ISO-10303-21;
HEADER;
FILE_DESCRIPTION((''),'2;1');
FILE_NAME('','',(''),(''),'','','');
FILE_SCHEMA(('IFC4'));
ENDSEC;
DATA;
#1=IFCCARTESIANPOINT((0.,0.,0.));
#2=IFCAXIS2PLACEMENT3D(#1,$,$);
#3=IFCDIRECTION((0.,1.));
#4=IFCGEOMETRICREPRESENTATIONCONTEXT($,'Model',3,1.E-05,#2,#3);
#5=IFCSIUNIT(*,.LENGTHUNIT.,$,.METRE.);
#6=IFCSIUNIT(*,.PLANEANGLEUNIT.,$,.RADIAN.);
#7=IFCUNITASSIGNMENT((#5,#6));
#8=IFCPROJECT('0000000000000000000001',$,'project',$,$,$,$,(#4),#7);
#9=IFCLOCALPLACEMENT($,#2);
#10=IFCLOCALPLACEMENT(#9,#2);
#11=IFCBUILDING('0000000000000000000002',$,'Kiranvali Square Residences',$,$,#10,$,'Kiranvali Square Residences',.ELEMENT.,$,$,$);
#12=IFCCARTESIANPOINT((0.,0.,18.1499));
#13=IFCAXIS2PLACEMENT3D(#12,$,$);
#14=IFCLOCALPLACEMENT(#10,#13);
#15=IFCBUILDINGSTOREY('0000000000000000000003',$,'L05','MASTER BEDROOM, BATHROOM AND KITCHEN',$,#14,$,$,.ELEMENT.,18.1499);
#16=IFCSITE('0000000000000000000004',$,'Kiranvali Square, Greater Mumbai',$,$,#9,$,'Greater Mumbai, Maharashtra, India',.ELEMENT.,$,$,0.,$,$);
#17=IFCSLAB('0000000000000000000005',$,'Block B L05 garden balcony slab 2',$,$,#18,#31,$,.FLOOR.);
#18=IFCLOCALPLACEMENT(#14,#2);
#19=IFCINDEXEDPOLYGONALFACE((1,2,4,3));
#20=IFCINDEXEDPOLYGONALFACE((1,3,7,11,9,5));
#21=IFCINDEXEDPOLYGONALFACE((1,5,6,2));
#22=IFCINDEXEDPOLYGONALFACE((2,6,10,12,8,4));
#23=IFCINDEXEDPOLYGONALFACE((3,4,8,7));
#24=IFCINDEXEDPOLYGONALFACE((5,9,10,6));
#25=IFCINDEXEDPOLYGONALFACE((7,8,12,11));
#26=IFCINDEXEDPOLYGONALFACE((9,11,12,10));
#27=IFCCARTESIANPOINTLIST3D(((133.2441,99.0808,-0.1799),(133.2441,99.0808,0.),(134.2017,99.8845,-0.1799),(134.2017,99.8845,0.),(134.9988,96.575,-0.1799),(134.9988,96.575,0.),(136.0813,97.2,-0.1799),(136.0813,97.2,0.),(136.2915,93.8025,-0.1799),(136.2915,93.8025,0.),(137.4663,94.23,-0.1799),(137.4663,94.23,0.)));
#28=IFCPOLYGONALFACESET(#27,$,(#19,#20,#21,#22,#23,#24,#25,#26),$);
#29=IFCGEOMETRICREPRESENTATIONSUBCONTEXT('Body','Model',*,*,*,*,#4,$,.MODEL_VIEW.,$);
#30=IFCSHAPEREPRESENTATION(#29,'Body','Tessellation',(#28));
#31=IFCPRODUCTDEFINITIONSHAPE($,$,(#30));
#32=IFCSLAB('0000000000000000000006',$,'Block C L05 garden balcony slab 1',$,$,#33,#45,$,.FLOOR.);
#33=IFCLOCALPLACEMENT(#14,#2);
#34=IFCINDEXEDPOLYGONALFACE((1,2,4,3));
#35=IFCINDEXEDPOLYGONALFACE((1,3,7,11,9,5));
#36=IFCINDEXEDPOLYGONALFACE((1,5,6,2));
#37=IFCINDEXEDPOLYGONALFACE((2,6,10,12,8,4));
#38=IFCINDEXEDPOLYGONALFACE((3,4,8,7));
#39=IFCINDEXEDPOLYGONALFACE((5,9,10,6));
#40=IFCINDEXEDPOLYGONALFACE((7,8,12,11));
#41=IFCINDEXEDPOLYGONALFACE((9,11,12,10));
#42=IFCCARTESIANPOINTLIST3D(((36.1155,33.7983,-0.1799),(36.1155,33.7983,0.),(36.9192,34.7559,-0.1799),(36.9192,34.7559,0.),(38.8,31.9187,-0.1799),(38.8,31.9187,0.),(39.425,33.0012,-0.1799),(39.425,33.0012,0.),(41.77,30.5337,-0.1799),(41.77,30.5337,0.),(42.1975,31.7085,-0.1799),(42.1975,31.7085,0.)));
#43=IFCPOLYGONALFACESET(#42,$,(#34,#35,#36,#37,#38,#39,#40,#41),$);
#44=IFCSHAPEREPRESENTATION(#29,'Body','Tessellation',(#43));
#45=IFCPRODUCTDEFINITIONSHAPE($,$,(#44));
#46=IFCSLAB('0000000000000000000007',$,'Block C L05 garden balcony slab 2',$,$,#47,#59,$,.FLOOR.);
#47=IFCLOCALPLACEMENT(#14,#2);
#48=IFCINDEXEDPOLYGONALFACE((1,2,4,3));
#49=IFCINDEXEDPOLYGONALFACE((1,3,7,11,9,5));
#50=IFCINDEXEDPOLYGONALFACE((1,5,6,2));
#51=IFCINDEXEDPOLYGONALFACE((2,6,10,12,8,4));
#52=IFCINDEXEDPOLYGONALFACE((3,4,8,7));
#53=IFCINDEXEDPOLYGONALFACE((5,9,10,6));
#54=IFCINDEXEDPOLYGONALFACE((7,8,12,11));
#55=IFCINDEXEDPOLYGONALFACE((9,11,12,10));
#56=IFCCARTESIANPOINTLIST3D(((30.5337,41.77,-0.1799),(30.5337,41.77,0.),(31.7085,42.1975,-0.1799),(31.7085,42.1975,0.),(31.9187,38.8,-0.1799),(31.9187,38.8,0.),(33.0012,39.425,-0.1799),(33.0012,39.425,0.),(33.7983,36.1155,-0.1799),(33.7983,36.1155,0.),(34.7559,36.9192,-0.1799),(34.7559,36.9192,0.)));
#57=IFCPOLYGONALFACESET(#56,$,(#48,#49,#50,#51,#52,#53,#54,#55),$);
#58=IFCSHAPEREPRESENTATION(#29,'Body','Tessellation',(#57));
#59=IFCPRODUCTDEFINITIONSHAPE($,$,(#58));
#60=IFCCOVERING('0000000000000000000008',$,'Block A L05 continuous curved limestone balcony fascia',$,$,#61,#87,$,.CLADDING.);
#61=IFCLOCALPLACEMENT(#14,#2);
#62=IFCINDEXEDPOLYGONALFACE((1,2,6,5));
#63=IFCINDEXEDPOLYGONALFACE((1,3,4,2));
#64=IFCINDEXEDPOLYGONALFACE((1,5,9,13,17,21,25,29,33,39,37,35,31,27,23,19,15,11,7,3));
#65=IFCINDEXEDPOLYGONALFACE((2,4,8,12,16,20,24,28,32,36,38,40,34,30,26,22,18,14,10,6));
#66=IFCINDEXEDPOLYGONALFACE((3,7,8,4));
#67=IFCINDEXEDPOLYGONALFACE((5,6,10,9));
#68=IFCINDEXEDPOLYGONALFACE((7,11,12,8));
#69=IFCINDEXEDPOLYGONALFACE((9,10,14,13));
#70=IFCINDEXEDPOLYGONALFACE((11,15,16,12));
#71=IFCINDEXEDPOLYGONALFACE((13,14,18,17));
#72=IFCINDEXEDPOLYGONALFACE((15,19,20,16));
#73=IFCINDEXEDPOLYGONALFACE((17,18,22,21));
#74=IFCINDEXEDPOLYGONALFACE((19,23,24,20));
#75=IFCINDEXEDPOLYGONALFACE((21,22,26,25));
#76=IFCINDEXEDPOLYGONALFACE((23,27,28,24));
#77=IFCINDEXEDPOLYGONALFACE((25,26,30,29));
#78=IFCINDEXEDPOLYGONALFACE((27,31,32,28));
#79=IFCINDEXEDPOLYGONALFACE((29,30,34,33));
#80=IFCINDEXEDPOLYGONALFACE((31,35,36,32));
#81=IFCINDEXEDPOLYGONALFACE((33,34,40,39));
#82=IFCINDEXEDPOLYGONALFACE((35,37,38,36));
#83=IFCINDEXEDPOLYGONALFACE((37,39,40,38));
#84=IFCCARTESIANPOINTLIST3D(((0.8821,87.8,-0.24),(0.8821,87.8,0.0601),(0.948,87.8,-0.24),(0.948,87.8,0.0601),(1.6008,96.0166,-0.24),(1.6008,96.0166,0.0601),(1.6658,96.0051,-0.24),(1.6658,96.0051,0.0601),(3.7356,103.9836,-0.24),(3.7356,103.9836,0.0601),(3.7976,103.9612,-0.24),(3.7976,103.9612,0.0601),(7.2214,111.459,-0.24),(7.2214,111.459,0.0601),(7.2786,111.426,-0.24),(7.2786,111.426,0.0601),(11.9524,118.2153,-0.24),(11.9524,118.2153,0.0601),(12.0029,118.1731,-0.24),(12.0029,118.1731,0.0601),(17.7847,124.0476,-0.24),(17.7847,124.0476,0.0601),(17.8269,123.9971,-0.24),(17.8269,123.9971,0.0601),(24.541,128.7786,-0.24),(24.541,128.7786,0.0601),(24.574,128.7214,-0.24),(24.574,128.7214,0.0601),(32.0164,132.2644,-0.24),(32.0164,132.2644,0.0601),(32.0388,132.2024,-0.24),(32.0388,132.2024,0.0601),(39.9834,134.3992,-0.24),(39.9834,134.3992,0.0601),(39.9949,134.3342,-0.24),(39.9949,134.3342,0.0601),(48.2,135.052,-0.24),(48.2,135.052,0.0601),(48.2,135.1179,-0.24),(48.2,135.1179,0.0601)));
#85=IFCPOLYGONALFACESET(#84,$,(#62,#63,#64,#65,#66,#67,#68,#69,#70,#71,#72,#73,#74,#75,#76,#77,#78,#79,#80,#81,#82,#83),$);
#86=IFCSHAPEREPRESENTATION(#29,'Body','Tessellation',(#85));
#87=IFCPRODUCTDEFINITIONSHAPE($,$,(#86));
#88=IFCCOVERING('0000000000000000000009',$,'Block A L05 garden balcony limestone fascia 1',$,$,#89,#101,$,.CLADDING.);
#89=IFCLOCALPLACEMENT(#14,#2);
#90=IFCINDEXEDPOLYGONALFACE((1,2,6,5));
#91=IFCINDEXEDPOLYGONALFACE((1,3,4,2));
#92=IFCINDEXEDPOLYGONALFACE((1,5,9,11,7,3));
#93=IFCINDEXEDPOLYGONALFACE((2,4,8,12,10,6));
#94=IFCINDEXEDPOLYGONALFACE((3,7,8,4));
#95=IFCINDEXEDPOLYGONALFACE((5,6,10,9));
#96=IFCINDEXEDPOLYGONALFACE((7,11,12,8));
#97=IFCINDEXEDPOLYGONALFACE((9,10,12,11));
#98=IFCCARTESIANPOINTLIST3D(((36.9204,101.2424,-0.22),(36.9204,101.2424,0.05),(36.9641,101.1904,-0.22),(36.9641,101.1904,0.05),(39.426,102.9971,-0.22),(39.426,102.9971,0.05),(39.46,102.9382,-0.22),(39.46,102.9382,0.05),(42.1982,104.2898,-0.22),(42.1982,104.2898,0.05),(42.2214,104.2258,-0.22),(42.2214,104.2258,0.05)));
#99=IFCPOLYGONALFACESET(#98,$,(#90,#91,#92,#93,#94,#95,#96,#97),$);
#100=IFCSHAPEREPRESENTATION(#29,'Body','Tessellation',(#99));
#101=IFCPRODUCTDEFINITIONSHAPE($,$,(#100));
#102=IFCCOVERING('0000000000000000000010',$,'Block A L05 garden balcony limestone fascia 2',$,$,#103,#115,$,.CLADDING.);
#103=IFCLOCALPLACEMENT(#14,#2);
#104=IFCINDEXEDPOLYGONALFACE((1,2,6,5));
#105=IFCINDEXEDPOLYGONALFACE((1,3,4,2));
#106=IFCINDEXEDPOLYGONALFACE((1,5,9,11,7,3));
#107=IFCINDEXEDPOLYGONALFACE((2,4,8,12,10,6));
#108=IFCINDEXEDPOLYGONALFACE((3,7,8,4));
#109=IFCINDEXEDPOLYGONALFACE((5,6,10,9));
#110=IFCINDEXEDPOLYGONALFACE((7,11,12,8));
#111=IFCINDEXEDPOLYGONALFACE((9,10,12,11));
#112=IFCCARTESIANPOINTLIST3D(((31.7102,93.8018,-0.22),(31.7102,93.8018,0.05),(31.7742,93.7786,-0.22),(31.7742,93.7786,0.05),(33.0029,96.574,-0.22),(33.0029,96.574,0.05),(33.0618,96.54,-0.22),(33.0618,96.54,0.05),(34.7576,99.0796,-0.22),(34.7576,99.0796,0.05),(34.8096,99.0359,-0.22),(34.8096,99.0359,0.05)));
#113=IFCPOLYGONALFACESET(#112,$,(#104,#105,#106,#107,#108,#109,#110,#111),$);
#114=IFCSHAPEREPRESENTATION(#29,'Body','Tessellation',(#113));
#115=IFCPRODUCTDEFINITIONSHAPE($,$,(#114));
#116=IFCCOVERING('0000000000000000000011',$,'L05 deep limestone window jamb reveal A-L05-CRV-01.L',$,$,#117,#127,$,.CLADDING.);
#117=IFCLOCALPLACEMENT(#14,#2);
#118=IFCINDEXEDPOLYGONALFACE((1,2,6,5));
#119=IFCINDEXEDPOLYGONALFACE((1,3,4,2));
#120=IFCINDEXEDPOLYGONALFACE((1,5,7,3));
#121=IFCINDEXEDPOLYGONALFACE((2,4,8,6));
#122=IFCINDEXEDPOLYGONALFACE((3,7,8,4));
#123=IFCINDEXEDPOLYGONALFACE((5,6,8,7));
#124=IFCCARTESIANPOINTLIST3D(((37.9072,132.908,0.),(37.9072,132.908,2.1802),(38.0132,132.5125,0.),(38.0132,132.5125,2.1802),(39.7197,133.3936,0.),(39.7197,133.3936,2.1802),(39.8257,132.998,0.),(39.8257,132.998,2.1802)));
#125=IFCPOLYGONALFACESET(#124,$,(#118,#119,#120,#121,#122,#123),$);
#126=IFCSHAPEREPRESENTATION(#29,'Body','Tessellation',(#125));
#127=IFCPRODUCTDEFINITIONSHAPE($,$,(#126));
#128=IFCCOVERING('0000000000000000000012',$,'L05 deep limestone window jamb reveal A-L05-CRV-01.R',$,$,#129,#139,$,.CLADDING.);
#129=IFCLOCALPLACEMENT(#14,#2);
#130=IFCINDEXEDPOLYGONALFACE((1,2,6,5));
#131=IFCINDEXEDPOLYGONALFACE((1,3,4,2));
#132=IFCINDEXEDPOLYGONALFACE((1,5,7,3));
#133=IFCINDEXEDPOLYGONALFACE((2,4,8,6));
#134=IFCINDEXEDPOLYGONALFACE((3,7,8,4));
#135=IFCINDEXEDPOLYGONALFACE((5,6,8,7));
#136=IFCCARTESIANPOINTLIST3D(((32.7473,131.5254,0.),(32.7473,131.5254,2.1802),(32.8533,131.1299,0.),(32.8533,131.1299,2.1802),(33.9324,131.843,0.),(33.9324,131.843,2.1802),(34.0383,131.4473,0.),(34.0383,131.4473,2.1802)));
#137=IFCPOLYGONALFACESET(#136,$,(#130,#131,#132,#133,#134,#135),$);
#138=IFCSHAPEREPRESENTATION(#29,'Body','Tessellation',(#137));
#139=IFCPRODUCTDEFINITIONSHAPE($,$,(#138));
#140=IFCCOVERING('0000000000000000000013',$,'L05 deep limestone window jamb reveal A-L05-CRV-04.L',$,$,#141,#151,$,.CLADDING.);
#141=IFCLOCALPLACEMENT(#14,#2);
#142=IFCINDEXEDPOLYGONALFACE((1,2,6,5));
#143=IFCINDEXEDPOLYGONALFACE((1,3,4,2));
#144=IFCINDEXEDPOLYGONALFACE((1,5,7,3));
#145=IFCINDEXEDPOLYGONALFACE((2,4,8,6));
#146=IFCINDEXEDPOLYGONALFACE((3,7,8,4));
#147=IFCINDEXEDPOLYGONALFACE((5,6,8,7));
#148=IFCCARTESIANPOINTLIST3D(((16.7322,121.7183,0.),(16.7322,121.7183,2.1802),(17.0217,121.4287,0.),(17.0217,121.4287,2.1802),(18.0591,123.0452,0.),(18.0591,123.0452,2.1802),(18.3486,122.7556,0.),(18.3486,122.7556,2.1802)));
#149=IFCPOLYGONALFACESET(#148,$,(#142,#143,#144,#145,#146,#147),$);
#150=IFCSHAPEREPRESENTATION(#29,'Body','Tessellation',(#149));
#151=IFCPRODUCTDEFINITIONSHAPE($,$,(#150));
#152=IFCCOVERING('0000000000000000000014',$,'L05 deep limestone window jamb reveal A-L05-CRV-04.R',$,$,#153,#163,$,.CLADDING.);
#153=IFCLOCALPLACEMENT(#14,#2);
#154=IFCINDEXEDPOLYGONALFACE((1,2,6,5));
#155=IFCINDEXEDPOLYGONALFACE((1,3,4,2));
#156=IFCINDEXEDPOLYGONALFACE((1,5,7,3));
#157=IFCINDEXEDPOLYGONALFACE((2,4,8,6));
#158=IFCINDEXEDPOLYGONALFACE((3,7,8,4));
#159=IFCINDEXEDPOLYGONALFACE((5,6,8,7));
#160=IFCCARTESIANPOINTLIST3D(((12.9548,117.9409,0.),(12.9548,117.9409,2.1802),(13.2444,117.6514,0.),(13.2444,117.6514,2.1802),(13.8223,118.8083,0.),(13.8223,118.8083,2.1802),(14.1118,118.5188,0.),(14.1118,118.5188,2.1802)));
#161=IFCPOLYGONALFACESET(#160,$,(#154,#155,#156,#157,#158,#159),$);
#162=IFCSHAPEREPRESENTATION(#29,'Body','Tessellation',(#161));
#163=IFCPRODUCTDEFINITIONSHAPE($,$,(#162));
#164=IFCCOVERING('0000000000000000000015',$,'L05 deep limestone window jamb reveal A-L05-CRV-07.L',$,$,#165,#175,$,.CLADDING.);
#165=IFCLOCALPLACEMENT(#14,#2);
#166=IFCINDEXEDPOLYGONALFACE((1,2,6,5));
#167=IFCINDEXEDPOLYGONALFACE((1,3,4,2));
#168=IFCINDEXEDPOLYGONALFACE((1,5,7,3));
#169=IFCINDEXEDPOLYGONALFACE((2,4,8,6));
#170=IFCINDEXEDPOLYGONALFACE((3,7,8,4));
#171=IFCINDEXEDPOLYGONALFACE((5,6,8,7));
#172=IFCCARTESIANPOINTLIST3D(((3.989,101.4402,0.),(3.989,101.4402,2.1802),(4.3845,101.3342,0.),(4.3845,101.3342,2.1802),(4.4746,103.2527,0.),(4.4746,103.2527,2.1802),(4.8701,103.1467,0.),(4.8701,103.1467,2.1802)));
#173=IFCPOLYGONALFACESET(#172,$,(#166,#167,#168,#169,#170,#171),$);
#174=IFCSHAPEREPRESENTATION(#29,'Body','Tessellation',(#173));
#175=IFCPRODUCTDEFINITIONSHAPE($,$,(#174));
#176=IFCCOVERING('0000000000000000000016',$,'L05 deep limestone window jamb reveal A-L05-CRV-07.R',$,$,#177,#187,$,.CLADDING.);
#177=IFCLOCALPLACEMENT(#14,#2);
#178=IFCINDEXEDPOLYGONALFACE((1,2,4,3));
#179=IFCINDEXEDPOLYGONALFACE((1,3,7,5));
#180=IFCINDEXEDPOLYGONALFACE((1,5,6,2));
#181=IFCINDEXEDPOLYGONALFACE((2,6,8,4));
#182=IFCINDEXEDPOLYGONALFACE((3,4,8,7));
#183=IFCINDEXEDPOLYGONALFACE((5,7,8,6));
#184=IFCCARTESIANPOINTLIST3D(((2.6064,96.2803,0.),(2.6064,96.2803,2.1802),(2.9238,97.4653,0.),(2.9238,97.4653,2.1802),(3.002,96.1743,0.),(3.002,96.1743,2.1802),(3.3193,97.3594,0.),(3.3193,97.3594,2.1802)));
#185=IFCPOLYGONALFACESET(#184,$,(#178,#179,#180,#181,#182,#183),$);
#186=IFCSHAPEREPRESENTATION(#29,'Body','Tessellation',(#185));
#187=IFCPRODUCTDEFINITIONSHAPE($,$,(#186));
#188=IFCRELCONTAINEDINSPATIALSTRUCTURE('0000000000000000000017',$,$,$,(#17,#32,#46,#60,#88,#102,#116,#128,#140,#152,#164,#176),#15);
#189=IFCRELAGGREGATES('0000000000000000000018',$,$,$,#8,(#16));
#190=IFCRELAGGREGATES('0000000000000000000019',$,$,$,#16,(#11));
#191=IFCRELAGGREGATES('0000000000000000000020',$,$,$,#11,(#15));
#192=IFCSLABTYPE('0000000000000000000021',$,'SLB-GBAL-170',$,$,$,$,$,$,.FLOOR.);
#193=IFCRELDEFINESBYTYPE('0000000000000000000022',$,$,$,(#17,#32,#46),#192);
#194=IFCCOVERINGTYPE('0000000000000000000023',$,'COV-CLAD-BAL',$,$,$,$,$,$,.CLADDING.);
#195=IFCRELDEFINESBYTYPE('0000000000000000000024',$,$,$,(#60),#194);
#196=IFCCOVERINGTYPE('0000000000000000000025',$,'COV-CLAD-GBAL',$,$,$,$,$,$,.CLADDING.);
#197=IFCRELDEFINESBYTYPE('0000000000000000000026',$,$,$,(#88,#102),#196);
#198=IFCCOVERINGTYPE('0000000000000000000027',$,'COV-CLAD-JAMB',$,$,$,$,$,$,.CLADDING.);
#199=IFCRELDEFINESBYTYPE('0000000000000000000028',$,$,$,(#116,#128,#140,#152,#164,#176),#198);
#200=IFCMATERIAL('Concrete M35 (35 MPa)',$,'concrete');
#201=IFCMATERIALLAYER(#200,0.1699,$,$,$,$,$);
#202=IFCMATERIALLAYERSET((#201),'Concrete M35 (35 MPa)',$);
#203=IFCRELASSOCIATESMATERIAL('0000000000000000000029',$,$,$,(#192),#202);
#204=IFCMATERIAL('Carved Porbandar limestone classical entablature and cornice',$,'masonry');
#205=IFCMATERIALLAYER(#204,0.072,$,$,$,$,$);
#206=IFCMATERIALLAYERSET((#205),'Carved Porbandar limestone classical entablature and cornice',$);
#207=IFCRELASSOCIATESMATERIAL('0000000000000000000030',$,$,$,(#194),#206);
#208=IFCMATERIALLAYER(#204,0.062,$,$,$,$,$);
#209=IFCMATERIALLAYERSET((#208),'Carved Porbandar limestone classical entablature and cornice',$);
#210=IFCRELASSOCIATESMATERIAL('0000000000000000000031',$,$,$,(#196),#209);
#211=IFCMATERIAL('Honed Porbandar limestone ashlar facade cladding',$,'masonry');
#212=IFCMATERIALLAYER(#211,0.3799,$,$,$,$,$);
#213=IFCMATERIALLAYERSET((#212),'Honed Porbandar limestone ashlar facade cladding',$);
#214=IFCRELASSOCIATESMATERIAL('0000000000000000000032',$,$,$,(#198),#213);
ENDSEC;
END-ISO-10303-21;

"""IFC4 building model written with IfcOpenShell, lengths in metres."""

from ifc_helpers import new_model, si_unit, direction, frame, origin, place, context, subcontext, project, spatial, polyline, outline, extrude, material, layer, layer_set, type_object, element, save


model = new_model("IFC4")

# Units and contexts
model_context = context("Model", 3, precision=1e-05, world=origin(), true_north=direction((0.0, 1.0)))
body_context = subcontext(model_context, "Body", "Model", "MODEL_VIEW")
ifc_project = project(units=[si_unit("LENGTHUNIT", "METRE"), si_unit("PLANEANGLEUNIT", "RADIAN")], contexts=[model_context])

# Site, building, storey
site_placement = place(None, origin())
site = spatial("IfcSite", under=ifc_project, at=site_placement, Name="Kiranvali Square, Greater Mumbai", LongName="Greater Mumbai, Maharashtra, India", CompositionType="ELEMENT", RefElevation=0.0)
building_placement = place(site_placement, origin())
building = spatial("IfcBuilding", under=site, at=building_placement, Name="Kiranvali Square Residences", LongName="Kiranvali Square Residences", CompositionType="ELEMENT")
storey_placement = place(building_placement, frame((0.0, 0.0, 18.1499)))
storey = spatial("IfcBuildingStorey", under=building, at=storey_placement, Name="L05", Description="MASTER BEDROOM, BATHROOM AND KITCHEN", CompositionType="ELEMENT", Elevation=18.1499)

# Slabs
ifc_material_1 = material(Name="Concrete M35 (35 MPa)", Category="concrete")
ifc_layer_1 = layer(ifc_material_1, 0.1699)
ifc_layer_set_1 = layer_set([ifc_layer_1], Name="Concrete M35 (35 MPa)")
slab_type_1 = type_object("IfcSlabType", Name="SLB-GBAL-170", PredefinedType="FLOOR", material=ifc_layer_set_1)
slab_1_placement = place(storey_placement, frame((0.0, 0.0, -0.1799)))
element("IfcSlab", 1, at=slab_1_placement, inside=storey, type_object=slab_type_1, Name="Block B L05 garden balcony slab 2", PredefinedType="FLOOR", context=body_context, shape_type="SweptSolid", body=[
    extrude(outline(polyline([(133.2441, 99.0808), (134.9988, 96.575), (136.2915, 93.8025), (137.4663, 94.23), (136.0813, 97.2), (134.2017, 99.8845), (133.2441, 99.0808)])), origin(), (0.0, 0.0, 1.0), 0.1799),
])
slab_2_placement = place(storey_placement, frame((0.0, 0.0, -0.1799)))
element("IfcSlab", 2, at=slab_2_placement, inside=storey, type_object=slab_type_1, Name="Block C L05 garden balcony slab 1", PredefinedType="FLOOR", context=body_context, shape_type="SweptSolid", body=[
    extrude(outline(polyline([(42.1975, 31.7085), (39.425, 33.0012), (36.9192, 34.7559), (36.1155, 33.7983), (38.8, 31.9187), (41.77, 30.5337), (42.1975, 31.7085)])), origin(), (0.0, 0.0, 1.0), 0.1799),
])
slab_3_placement = place(storey_placement, frame((0.0, 0.0, -0.1799)))
element("IfcSlab", 3, at=slab_3_placement, inside=storey, type_object=slab_type_1, Name="Block C L05 garden balcony slab 2", PredefinedType="FLOOR", context=body_context, shape_type="SweptSolid", body=[
    extrude(outline(polyline([(34.7559, 36.9192), (33.0012, 39.425), (31.7085, 42.1975), (30.5337, 41.77), (31.9187, 38.8), (33.7983, 36.1155), (34.7559, 36.9192)])), origin(), (0.0, 0.0, 1.0), 0.1799),
])

# Coverings
ifc_material_2 = material(Name="Carved Porbandar limestone classical entablature and cornice", Category="masonry")
ifc_layer_2 = layer(ifc_material_2, 0.072)
ifc_layer_set_2 = layer_set([ifc_layer_2], Name="Carved Porbandar limestone classical entablature and cornice")
covering_type_1 = type_object("IfcCoveringType", Name="COV-CLAD-BAL", PredefinedType="CLADDING", material=ifc_layer_set_2)
covering_1_placement = place(storey_placement, frame((0.0, 0.0, -0.24)))
element("IfcCovering", 4, at=covering_1_placement, inside=storey, type_object=covering_type_1, Name="Block A L05 continuous curved limestone balcony fascia", PredefinedType="CLADDING", context=body_context, shape_type="SweptSolid", body=[
    extrude(outline(polyline([(48.2, 135.1179), (39.9834, 134.3992), (32.0164, 132.2644), (24.541, 128.7786), (17.7847, 124.0476), (11.9524, 118.2153), (7.2214, 111.459), (3.7356, 103.9836), (1.6008, 96.0166), (0.8821, 87.8), (0.948, 87.8), (1.6658, 96.0051), (3.7976, 103.9612), (7.2786, 111.426), (12.0029, 118.1731), (17.8269, 123.9971), (24.574, 128.7214), (32.0388, 132.2024), (39.9949, 134.3342), (48.2, 135.052), (48.2, 135.1179)])), origin(), (0.0, 0.0, 1.0), 0.3),
])
ifc_layer_3 = layer(ifc_material_2, 0.062)
ifc_layer_set_3 = layer_set([ifc_layer_3], Name="Carved Porbandar limestone classical entablature and cornice")
covering_type_2 = type_object("IfcCoveringType", Name="COV-CLAD-GBAL", PredefinedType="CLADDING", material=ifc_layer_set_3)
covering_2_placement = place(storey_placement, frame((0.0, 0.0, -0.22)))
element("IfcCovering", 5, at=covering_2_placement, inside=storey, type_object=covering_type_2, Name="Block A L05 garden balcony limestone fascia 1", PredefinedType="CLADDING", context=body_context, shape_type="SweptSolid", body=[
    extrude(outline(polyline([(42.1982, 104.2898), (39.426, 102.9971), (36.9204, 101.2424), (36.9641, 101.1904), (39.46, 102.9382), (42.2214, 104.2258), (42.1982, 104.2898)])), origin(), (0.0, 0.0, 1.0), 0.27),
])
covering_3_placement = place(storey_placement, frame((0.0, 0.0, -0.22)))
element("IfcCovering", 6, at=covering_3_placement, inside=storey, type_object=covering_type_2, Name="Block A L05 garden balcony limestone fascia 2", PredefinedType="CLADDING", context=body_context, shape_type="SweptSolid", body=[
    extrude(outline(polyline([(34.7576, 99.0796), (33.0029, 96.574), (31.7102, 93.8018), (31.7742, 93.7786), (33.0618, 96.54), (34.8096, 99.0359), (34.7576, 99.0796)])), origin(), (0.0, 0.0, 1.0), 0.27),
])
ifc_material_3 = material(Name="Honed Porbandar limestone ashlar facade cladding", Category="masonry")
ifc_layer_4 = layer(ifc_material_3, 0.3799)
ifc_layer_set_4 = layer_set([ifc_layer_4], Name="Honed Porbandar limestone ashlar facade cladding")
covering_type_3 = type_object("IfcCoveringType", Name="COV-CLAD-JAMB", PredefinedType="CLADDING", material=ifc_layer_set_4)
covering_4_placement = place(storey_placement, origin())
element("IfcCovering", 7, at=covering_4_placement, inside=storey, type_object=covering_type_3, Name="L05 deep limestone window jamb reveal A-L05-CRV-01.L", PredefinedType="CLADDING", context=body_context, shape_type="SweptSolid", body=[
    extrude(outline(polyline([(39.7197, 133.3936), (37.9072, 132.908), (38.0132, 132.5125), (39.8257, 132.998), (39.7197, 133.3936)])), origin(), (0.0, 0.0, 1.0), 2.1802),
])
covering_5_placement = place(storey_placement, origin())
element("IfcCovering", 8, at=covering_5_placement, inside=storey, type_object=covering_type_3, Name="L05 deep limestone window jamb reveal A-L05-CRV-01.R", PredefinedType="CLADDING", context=body_context, shape_type="SweptSolid", body=[
    extrude(outline(polyline([(33.9324, 131.843), (32.7473, 131.5254), (32.8533, 131.1299), (34.0383, 131.4473), (33.9324, 131.843)])), origin(), (0.0, 0.0, 1.0), 2.1802),
])
covering_6_placement = place(storey_placement, origin())
element("IfcCovering", 9, at=covering_6_placement, inside=storey, type_object=covering_type_3, Name="L05 deep limestone window jamb reveal A-L05-CRV-04.L", PredefinedType="CLADDING", context=body_context, shape_type="SweptSolid", body=[
    extrude(outline(polyline([(18.0591, 123.0452), (16.7322, 121.7183), (17.0217, 121.4287), (18.3486, 122.7556), (18.0591, 123.0452)])), origin(), (0.0, 0.0, 1.0), 2.1802),
])
covering_7_placement = place(storey_placement, origin())
element("IfcCovering", 10, at=covering_7_placement, inside=storey, type_object=covering_type_3, Name="L05 deep limestone window jamb reveal A-L05-CRV-04.R", PredefinedType="CLADDING", context=body_context, shape_type="SweptSolid", body=[
    extrude(outline(polyline([(13.8223, 118.8083), (12.9548, 117.9409), (13.2444, 117.6514), (14.1118, 118.5188), (13.8223, 118.8083)])), origin(), (0.0, 0.0, 1.0), 2.1802),
])
covering_8_placement = place(storey_placement, origin())
element("IfcCovering", 11, at=covering_8_placement, inside=storey, type_object=covering_type_3, Name="L05 deep limestone window jamb reveal A-L05-CRV-07.L", PredefinedType="CLADDING", context=body_context, shape_type="SweptSolid", body=[
    extrude(outline(polyline([(4.4746, 103.2527), (3.989, 101.4402), (4.3845, 101.3342), (4.8701, 103.1467), (4.4746, 103.2527)])), origin(), (0.0, 0.0, 1.0), 2.1802),
])
covering_9_placement = place(storey_placement, origin())
element("IfcCovering", 12, at=covering_9_placement, inside=storey, type_object=covering_type_3, Name="L05 deep limestone window jamb reveal A-L05-CRV-07.R", PredefinedType="CLADDING", context=body_context, shape_type="SweptSolid", body=[
    extrude(outline(polyline([(2.9238, 97.4653), (2.6064, 96.2803), (3.002, 96.1743), (3.3193, 97.3594), (2.9238, 97.4653)])), origin(), (0.0, 0.0, 1.0), 2.1802),
])

save(model, "model.ifc")
